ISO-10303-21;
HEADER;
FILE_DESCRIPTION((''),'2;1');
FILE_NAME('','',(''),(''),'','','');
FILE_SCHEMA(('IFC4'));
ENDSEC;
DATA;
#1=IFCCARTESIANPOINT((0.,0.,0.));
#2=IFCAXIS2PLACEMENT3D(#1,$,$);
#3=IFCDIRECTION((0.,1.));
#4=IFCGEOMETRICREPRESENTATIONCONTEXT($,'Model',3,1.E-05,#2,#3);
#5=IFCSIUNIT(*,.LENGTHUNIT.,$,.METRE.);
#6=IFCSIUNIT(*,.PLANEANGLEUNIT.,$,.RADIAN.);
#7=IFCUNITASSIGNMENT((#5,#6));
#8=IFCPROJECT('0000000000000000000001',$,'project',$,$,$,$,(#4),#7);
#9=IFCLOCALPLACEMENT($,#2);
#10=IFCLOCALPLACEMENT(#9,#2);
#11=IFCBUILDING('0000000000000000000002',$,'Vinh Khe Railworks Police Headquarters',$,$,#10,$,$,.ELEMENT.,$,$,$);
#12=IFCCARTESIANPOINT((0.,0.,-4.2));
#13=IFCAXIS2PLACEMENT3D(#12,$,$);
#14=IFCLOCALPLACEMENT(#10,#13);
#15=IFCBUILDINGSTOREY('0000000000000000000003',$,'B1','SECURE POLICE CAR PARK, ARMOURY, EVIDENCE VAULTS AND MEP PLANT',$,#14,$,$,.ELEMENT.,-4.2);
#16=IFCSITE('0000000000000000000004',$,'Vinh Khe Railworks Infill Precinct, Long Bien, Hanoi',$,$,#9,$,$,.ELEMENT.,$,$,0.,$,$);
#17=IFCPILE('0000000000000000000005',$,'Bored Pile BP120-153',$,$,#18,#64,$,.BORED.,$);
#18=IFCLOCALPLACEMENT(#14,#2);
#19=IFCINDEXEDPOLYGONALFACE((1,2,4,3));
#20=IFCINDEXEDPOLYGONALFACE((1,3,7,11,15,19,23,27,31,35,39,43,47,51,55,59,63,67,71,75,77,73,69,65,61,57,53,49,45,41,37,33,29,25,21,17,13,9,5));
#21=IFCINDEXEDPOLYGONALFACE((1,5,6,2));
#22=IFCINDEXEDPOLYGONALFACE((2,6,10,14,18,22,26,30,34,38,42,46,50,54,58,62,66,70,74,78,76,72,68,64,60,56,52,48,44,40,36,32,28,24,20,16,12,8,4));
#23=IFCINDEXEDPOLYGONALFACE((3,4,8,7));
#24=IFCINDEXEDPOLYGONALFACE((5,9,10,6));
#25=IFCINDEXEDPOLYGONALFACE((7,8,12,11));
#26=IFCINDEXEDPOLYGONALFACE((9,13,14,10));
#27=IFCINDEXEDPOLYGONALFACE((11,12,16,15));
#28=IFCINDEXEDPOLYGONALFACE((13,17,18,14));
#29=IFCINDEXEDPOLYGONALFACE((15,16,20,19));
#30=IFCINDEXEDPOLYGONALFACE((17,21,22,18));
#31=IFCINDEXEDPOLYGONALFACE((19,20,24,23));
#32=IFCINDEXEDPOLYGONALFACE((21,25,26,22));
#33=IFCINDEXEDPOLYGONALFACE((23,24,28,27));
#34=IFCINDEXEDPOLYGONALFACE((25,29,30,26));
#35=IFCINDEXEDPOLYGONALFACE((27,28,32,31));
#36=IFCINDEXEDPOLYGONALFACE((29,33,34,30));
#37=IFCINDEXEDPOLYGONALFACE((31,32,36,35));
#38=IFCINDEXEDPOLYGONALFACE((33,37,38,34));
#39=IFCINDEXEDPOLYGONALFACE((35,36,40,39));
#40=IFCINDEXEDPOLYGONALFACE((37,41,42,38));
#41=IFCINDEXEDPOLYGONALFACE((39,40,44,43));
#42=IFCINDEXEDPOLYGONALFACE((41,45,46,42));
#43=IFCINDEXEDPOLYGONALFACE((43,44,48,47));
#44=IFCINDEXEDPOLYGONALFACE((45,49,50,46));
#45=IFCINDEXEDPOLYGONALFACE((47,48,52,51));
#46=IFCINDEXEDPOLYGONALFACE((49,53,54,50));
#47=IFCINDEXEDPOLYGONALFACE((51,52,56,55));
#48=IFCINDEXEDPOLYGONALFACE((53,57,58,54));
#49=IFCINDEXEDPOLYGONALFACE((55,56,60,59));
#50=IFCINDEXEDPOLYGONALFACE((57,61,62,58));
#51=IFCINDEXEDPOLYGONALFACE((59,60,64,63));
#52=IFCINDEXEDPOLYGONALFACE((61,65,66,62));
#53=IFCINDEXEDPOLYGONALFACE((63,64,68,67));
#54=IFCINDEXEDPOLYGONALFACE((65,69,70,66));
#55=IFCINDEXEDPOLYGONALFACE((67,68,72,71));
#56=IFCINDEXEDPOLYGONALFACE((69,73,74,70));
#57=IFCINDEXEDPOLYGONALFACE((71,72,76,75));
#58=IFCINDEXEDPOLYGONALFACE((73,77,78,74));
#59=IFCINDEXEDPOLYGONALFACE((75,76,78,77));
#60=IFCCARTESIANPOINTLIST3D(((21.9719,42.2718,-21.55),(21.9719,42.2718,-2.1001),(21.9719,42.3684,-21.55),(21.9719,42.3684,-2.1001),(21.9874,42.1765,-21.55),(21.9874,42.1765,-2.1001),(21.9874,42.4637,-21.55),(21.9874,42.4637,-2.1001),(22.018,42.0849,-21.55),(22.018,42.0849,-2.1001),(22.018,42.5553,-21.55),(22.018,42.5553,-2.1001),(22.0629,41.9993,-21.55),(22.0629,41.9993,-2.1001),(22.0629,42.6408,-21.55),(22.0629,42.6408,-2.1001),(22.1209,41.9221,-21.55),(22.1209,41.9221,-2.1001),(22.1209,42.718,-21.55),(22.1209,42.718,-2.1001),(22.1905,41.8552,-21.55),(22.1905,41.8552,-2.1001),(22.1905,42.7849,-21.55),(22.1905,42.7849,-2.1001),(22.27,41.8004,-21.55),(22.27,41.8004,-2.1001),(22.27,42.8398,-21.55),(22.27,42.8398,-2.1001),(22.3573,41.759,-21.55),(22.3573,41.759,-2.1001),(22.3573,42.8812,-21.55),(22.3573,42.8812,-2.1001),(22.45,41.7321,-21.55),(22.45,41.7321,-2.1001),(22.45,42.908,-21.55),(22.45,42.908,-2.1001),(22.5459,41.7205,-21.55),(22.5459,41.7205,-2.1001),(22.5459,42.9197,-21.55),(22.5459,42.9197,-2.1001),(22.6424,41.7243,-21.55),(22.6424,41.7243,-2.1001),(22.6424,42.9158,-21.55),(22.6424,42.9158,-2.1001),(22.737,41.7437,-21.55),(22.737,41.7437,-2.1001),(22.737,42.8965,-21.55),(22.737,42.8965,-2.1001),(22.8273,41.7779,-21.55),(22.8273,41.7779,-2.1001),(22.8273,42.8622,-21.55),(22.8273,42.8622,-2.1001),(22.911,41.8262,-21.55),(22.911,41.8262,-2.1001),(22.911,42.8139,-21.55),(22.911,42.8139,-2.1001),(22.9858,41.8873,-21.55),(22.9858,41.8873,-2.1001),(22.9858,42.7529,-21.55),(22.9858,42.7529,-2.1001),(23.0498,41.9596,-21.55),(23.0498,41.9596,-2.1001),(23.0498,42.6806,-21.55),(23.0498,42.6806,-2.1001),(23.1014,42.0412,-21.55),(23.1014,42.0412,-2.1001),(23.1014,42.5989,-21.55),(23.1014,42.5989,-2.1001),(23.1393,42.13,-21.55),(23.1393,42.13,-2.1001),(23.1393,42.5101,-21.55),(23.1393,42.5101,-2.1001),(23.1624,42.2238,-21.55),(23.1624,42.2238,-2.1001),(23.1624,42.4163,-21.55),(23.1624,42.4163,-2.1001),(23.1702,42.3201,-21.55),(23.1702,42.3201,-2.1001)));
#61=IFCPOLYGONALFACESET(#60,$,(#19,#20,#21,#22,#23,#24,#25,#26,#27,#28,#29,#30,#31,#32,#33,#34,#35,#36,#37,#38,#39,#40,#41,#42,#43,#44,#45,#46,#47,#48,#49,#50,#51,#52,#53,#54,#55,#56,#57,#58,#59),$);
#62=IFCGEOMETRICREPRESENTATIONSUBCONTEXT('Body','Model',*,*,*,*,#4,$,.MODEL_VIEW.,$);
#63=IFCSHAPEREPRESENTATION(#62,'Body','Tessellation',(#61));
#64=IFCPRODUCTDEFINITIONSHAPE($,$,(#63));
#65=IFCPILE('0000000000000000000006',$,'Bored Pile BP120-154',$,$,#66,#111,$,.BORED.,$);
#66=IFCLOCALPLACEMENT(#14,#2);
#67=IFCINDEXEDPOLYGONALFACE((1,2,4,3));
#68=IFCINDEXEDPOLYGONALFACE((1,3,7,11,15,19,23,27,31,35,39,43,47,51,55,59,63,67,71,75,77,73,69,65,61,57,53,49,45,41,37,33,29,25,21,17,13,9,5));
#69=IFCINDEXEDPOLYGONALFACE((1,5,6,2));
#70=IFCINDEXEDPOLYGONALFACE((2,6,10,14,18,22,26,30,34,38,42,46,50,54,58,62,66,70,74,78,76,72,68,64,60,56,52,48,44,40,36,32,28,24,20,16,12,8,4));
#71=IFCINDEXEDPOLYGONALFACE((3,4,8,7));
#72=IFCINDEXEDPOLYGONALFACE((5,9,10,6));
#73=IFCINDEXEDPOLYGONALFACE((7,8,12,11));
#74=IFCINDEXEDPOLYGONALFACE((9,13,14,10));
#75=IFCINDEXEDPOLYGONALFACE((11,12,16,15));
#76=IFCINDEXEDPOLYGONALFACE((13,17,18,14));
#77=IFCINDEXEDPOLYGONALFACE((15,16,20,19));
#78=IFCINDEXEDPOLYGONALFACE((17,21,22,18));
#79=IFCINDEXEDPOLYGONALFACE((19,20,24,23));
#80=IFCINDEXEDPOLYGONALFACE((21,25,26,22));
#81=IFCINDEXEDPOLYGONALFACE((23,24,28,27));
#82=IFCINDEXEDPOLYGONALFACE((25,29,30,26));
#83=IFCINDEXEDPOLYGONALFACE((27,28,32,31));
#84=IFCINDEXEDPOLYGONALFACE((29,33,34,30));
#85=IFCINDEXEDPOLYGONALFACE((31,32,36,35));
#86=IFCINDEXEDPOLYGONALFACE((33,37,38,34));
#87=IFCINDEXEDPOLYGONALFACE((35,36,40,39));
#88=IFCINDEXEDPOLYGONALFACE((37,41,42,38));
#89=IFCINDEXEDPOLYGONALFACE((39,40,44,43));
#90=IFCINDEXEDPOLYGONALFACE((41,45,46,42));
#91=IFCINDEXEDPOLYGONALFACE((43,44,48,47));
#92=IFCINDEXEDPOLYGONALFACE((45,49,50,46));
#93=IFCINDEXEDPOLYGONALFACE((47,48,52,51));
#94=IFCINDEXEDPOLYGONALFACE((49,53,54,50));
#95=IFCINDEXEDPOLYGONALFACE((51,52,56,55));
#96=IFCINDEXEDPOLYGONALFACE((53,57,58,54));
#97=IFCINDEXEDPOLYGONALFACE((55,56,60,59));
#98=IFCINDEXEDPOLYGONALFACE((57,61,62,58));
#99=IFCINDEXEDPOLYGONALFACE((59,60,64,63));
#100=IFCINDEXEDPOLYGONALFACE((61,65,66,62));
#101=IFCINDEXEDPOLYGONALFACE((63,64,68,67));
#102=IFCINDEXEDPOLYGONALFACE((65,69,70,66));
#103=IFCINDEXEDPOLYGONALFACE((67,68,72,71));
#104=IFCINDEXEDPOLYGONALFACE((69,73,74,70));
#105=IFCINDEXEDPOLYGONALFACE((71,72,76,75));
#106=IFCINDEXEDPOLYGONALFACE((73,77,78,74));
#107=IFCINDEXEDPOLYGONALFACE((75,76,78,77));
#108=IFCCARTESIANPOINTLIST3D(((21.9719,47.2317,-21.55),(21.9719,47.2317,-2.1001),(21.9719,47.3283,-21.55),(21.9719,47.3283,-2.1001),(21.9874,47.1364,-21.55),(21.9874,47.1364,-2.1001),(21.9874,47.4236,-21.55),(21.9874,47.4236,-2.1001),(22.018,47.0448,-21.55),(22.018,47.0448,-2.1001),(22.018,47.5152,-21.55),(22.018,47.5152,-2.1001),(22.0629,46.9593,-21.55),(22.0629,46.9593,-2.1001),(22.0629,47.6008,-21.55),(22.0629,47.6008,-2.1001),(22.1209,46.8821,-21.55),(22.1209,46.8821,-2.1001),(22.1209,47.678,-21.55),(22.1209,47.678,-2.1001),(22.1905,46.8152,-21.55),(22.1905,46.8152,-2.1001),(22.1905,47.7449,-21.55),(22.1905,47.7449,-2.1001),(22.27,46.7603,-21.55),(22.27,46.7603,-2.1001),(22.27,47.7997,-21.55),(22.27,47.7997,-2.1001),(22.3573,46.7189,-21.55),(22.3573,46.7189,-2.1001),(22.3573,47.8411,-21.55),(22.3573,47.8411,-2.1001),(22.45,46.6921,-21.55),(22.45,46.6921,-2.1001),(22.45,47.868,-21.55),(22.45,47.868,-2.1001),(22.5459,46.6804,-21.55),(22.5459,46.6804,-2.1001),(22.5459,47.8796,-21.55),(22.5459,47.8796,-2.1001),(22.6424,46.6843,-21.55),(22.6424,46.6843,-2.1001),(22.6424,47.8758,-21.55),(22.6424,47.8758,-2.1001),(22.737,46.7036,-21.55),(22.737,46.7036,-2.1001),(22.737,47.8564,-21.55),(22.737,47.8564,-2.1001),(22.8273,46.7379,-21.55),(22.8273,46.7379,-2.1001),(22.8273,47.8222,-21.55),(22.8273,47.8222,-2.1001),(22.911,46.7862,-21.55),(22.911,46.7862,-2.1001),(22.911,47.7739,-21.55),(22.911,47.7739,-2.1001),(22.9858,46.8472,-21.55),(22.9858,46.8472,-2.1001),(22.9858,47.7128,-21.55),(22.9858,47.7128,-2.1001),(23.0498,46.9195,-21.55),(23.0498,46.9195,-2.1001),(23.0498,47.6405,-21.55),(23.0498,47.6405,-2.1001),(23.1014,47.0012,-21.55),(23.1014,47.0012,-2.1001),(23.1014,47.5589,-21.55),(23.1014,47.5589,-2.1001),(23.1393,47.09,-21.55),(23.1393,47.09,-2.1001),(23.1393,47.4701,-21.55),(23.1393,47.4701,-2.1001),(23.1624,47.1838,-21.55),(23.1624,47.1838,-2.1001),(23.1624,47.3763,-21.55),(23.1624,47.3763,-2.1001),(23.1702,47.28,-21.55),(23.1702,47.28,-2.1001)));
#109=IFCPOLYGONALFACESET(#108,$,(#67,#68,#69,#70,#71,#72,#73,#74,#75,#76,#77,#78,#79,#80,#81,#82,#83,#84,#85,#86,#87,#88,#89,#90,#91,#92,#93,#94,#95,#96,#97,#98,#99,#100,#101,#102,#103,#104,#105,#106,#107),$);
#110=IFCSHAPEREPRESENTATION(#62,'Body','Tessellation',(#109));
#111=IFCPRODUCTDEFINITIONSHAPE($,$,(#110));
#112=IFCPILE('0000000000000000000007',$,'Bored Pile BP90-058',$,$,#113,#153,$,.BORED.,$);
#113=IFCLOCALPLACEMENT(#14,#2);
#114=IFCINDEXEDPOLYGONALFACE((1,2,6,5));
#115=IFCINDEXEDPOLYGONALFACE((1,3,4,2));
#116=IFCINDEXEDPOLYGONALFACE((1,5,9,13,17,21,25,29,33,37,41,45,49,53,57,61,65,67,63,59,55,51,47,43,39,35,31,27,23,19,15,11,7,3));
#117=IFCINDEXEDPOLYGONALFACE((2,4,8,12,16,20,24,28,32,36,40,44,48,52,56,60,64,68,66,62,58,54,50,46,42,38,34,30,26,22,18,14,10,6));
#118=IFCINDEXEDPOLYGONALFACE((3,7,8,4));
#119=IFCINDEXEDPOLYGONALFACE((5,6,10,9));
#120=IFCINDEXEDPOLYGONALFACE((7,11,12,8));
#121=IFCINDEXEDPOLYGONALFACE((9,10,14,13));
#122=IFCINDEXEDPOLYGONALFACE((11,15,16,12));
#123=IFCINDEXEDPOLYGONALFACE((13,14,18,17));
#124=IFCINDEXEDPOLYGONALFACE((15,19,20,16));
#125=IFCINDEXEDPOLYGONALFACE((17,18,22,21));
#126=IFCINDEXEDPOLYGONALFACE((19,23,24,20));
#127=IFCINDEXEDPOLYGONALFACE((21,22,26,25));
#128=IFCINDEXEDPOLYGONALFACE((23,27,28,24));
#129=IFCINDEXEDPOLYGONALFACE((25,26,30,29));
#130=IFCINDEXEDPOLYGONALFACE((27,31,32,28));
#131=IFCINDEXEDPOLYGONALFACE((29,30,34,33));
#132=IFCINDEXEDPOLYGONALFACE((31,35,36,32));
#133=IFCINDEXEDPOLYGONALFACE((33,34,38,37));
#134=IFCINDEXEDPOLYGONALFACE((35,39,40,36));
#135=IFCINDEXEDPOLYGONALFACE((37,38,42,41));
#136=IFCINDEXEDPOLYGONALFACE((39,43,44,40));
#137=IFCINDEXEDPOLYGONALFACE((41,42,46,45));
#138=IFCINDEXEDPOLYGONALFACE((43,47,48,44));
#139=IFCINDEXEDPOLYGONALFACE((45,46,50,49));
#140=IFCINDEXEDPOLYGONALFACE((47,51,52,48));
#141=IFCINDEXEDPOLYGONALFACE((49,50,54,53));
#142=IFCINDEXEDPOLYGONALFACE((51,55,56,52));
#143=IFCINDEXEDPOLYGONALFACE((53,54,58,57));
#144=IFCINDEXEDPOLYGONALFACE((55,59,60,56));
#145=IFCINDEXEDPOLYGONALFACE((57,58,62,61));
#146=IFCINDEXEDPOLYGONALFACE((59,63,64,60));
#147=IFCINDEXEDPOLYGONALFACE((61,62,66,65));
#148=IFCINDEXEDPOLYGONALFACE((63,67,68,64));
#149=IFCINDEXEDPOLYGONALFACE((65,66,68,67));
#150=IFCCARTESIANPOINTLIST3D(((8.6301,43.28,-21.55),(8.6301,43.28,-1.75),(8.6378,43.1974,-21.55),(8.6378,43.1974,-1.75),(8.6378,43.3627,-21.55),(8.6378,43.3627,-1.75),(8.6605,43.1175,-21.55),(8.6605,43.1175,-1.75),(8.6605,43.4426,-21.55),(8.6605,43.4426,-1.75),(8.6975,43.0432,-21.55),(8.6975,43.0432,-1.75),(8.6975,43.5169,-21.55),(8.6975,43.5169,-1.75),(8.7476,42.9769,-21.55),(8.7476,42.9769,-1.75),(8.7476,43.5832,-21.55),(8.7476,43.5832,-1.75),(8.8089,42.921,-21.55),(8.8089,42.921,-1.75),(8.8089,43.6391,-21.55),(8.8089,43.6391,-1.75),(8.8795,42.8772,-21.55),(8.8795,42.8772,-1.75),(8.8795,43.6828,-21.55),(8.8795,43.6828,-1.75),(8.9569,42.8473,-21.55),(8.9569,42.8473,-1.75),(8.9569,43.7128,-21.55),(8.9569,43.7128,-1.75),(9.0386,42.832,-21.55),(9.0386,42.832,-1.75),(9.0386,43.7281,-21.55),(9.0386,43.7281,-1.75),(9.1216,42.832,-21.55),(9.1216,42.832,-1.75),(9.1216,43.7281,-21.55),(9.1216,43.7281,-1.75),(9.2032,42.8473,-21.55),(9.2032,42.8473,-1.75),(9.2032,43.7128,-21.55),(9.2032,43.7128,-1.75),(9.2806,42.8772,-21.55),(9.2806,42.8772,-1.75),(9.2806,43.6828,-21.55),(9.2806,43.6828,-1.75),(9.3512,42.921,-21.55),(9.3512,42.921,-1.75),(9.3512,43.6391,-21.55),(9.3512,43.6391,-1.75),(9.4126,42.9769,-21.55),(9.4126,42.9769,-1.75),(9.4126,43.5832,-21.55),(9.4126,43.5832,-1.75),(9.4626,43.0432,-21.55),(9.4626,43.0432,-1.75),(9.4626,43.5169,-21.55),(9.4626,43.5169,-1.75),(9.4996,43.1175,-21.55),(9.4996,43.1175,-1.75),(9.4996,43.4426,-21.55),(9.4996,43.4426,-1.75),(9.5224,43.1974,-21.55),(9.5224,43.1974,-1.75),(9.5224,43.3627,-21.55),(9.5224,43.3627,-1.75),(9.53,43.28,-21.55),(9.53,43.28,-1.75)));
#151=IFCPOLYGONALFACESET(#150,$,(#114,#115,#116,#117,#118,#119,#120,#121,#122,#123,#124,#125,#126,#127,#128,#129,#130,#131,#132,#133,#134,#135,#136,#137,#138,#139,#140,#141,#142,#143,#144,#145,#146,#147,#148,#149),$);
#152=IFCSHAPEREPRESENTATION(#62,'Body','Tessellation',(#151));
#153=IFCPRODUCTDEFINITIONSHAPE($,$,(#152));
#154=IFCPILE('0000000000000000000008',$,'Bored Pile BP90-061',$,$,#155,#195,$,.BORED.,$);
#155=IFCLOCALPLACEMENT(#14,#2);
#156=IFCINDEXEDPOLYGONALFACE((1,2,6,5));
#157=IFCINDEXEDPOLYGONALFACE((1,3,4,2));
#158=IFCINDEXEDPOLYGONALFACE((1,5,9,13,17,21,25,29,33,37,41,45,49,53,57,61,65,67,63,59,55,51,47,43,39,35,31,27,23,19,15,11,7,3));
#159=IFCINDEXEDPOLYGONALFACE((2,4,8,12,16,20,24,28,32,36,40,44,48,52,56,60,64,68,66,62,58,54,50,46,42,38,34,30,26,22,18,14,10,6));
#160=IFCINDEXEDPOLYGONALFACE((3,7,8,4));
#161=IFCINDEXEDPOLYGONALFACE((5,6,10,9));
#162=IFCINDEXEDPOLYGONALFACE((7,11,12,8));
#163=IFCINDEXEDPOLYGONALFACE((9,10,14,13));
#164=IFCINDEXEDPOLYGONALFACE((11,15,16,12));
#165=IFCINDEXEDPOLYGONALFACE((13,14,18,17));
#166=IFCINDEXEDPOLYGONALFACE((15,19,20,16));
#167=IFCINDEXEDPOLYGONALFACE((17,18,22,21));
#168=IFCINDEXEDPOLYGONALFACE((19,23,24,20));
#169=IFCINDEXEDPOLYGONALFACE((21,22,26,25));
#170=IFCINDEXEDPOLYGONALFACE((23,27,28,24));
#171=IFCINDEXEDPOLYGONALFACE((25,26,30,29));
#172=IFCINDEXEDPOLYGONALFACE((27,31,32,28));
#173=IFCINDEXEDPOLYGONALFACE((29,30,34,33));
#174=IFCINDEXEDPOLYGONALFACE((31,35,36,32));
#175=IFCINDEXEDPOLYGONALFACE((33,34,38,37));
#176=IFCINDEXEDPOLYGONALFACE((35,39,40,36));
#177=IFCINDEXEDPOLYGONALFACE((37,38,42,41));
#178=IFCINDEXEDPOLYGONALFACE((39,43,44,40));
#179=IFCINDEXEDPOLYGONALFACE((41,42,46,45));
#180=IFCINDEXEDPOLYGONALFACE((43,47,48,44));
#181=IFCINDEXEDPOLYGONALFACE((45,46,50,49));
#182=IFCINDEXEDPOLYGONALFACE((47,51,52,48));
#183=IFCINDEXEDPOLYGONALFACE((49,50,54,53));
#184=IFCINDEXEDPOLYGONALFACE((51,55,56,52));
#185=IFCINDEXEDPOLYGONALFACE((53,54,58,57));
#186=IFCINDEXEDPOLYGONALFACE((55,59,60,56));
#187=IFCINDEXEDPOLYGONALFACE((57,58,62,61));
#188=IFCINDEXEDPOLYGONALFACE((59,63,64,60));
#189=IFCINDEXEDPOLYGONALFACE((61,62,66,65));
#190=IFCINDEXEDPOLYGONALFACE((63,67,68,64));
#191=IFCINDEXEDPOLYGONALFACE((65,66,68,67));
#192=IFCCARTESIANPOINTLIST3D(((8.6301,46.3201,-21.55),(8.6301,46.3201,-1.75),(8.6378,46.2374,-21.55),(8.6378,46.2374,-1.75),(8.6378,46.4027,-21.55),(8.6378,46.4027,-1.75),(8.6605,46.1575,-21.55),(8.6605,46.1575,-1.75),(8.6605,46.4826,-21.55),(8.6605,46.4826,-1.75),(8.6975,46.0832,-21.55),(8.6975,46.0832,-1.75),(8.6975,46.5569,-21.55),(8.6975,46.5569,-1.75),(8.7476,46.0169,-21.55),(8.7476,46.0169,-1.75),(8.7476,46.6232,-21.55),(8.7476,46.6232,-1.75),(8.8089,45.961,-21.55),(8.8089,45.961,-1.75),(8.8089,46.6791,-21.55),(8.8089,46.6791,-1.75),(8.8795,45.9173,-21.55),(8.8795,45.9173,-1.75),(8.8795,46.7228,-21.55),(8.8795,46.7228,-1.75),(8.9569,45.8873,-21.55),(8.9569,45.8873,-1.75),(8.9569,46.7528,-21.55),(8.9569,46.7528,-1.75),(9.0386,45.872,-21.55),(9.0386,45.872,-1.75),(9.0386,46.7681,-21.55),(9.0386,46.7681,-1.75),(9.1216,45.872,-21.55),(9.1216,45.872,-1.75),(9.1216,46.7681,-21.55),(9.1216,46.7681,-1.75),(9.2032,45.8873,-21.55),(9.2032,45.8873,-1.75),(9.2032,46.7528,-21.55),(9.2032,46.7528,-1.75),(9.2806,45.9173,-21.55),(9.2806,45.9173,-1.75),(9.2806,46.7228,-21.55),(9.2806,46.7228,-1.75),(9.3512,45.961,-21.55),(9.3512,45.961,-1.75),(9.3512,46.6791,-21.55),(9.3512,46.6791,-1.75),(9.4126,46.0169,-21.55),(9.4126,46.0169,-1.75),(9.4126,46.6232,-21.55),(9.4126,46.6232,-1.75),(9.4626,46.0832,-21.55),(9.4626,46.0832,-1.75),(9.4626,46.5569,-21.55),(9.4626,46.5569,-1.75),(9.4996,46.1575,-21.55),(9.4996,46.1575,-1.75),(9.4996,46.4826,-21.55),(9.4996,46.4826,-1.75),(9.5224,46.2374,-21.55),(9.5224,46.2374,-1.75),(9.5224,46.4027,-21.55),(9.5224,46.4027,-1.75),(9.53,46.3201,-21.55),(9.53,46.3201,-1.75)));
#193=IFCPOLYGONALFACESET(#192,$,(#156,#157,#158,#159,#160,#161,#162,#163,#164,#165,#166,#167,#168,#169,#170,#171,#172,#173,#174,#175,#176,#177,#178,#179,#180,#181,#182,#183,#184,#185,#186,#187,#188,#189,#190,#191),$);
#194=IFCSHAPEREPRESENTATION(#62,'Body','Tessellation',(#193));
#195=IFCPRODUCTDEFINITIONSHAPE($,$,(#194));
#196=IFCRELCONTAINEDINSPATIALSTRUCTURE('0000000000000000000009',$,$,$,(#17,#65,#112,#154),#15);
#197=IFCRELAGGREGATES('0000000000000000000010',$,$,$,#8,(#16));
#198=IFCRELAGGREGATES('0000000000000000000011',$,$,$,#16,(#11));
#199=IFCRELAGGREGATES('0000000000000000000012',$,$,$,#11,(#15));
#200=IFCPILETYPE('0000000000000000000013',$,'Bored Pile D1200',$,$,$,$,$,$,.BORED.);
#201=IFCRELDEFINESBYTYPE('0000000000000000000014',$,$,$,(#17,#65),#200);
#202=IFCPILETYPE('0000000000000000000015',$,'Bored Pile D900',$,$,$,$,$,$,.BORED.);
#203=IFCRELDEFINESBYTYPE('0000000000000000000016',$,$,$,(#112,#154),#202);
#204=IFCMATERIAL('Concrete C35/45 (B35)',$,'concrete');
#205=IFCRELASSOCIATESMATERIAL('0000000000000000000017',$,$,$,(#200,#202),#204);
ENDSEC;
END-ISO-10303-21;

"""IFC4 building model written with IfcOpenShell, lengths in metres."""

from ifc_helpers import new_model, si_unit, direction, frame, origin, origin_2d, place, context, subcontext, project, spatial, circle, extrude, material, material_profile, profile_set, type_object, element, save


model = new_model("IFC4")

# Units and contexts
model_context = context("Model", 3, precision=1e-05, world=origin(), true_north=direction((0.0, 1.0)))
body_context = subcontext(model_context, "Body", "Model", "MODEL_VIEW")
ifc_project = project(units=[si_unit("LENGTHUNIT", "METRE"), si_unit("PLANEANGLEUNIT", "RADIAN")], contexts=[model_context])

# Site, building, storey
site_placement = place(None, origin())
site = spatial("IfcSite", under=ifc_project, at=site_placement, Name="Vinh Khe Railworks Infill Precinct, Long Bien, Hanoi", CompositionType="ELEMENT", RefElevation=0.0)
building_placement = place(site_placement, origin())
building = spatial("IfcBuilding", under=site, at=building_placement, Name="Vinh Khe Railworks Police Headquarters", CompositionType="ELEMENT")
storey_placement = place(building_placement, frame((0.0, 0.0, -4.2)))
storey = spatial("IfcBuildingStorey", under=building, at=storey_placement, Name="B1", Description="SECURE POLICE CAR PARK, ARMOURY, EVIDENCE VAULTS AND MEP PLANT", CompositionType="ELEMENT", Elevation=-4.2)

# Piles
ifc_material_1 = material(Name="Concrete C35/45 (B35)", Category="concrete")
ifc_material_profile_1 = material_profile(ifc_material_1, circle(Radius=0.6001, at=origin_2d()), Name="BORED PILE D1200")
ifc_profile_set_1 = profile_set([ifc_material_profile_1], Name="Concrete C35/45 (B35)")
pile_type_1 = type_object("IfcPileType", Name="Bored Pile D1200", PredefinedType="BORED", material=ifc_profile_set_1)
for number, where, z_axis, x_axis, name in (
    (1, (22.5701, 42.3201, -2.1001), (0.0, 0.0, -1.0), (1.0, 0.0, 0.0), "Bored Pile BP120-153"),
    (2, (22.5701, 47.28, -2.1001), (0.0, 0.0, -1.0), (1.0, 0.0, 0.0), "Bored Pile BP120-154"),
):
    element("IfcPile", number, at=place(storey_placement, frame(where, z_axis=z_axis, x_axis=x_axis)), inside=storey, type_object=pile_type_1, Name=name, PredefinedType="BORED", context=body_context, shape_type="SweptSolid", body=[
        extrude(circle(Radius=0.6001, at=origin_2d()), origin(), (0.0, 0.0, 1.0), 19.45),
    ])
ifc_material_profile_2 = material_profile(ifc_material_1, circle(Radius=0.45, at=origin_2d()), Name="BORED PILE D900")
ifc_profile_set_2 = profile_set([ifc_material_profile_2], Name="Concrete C35/45 (B35)")
pile_type_2 = type_object("IfcPileType", Name="Bored Pile D900", PredefinedType="BORED", material=ifc_profile_set_2)
for number, where, z_axis, x_axis, name in (
    (3, (9.0801, 43.28, -1.75), (0.0, 0.0, -1.0), (1.0, 0.0, 0.0), "Bored Pile BP90-058"),
    (4, (9.0801, 46.3201, -1.75), (0.0, 0.0, -1.0), (1.0, 0.0, 0.0), "Bored Pile BP90-061"),
):
    element("IfcPile", number, at=place(storey_placement, frame(where, z_axis=z_axis, x_axis=x_axis)), inside=storey, type_object=pile_type_2, Name=name, PredefinedType="BORED", context=body_context, shape_type="SweptSolid", body=[
        extrude(circle(Radius=0.45, at=origin_2d()), origin(), (0.0, 0.0, 1.0), 19.8),
    ])

save(model, "model.ifc")
